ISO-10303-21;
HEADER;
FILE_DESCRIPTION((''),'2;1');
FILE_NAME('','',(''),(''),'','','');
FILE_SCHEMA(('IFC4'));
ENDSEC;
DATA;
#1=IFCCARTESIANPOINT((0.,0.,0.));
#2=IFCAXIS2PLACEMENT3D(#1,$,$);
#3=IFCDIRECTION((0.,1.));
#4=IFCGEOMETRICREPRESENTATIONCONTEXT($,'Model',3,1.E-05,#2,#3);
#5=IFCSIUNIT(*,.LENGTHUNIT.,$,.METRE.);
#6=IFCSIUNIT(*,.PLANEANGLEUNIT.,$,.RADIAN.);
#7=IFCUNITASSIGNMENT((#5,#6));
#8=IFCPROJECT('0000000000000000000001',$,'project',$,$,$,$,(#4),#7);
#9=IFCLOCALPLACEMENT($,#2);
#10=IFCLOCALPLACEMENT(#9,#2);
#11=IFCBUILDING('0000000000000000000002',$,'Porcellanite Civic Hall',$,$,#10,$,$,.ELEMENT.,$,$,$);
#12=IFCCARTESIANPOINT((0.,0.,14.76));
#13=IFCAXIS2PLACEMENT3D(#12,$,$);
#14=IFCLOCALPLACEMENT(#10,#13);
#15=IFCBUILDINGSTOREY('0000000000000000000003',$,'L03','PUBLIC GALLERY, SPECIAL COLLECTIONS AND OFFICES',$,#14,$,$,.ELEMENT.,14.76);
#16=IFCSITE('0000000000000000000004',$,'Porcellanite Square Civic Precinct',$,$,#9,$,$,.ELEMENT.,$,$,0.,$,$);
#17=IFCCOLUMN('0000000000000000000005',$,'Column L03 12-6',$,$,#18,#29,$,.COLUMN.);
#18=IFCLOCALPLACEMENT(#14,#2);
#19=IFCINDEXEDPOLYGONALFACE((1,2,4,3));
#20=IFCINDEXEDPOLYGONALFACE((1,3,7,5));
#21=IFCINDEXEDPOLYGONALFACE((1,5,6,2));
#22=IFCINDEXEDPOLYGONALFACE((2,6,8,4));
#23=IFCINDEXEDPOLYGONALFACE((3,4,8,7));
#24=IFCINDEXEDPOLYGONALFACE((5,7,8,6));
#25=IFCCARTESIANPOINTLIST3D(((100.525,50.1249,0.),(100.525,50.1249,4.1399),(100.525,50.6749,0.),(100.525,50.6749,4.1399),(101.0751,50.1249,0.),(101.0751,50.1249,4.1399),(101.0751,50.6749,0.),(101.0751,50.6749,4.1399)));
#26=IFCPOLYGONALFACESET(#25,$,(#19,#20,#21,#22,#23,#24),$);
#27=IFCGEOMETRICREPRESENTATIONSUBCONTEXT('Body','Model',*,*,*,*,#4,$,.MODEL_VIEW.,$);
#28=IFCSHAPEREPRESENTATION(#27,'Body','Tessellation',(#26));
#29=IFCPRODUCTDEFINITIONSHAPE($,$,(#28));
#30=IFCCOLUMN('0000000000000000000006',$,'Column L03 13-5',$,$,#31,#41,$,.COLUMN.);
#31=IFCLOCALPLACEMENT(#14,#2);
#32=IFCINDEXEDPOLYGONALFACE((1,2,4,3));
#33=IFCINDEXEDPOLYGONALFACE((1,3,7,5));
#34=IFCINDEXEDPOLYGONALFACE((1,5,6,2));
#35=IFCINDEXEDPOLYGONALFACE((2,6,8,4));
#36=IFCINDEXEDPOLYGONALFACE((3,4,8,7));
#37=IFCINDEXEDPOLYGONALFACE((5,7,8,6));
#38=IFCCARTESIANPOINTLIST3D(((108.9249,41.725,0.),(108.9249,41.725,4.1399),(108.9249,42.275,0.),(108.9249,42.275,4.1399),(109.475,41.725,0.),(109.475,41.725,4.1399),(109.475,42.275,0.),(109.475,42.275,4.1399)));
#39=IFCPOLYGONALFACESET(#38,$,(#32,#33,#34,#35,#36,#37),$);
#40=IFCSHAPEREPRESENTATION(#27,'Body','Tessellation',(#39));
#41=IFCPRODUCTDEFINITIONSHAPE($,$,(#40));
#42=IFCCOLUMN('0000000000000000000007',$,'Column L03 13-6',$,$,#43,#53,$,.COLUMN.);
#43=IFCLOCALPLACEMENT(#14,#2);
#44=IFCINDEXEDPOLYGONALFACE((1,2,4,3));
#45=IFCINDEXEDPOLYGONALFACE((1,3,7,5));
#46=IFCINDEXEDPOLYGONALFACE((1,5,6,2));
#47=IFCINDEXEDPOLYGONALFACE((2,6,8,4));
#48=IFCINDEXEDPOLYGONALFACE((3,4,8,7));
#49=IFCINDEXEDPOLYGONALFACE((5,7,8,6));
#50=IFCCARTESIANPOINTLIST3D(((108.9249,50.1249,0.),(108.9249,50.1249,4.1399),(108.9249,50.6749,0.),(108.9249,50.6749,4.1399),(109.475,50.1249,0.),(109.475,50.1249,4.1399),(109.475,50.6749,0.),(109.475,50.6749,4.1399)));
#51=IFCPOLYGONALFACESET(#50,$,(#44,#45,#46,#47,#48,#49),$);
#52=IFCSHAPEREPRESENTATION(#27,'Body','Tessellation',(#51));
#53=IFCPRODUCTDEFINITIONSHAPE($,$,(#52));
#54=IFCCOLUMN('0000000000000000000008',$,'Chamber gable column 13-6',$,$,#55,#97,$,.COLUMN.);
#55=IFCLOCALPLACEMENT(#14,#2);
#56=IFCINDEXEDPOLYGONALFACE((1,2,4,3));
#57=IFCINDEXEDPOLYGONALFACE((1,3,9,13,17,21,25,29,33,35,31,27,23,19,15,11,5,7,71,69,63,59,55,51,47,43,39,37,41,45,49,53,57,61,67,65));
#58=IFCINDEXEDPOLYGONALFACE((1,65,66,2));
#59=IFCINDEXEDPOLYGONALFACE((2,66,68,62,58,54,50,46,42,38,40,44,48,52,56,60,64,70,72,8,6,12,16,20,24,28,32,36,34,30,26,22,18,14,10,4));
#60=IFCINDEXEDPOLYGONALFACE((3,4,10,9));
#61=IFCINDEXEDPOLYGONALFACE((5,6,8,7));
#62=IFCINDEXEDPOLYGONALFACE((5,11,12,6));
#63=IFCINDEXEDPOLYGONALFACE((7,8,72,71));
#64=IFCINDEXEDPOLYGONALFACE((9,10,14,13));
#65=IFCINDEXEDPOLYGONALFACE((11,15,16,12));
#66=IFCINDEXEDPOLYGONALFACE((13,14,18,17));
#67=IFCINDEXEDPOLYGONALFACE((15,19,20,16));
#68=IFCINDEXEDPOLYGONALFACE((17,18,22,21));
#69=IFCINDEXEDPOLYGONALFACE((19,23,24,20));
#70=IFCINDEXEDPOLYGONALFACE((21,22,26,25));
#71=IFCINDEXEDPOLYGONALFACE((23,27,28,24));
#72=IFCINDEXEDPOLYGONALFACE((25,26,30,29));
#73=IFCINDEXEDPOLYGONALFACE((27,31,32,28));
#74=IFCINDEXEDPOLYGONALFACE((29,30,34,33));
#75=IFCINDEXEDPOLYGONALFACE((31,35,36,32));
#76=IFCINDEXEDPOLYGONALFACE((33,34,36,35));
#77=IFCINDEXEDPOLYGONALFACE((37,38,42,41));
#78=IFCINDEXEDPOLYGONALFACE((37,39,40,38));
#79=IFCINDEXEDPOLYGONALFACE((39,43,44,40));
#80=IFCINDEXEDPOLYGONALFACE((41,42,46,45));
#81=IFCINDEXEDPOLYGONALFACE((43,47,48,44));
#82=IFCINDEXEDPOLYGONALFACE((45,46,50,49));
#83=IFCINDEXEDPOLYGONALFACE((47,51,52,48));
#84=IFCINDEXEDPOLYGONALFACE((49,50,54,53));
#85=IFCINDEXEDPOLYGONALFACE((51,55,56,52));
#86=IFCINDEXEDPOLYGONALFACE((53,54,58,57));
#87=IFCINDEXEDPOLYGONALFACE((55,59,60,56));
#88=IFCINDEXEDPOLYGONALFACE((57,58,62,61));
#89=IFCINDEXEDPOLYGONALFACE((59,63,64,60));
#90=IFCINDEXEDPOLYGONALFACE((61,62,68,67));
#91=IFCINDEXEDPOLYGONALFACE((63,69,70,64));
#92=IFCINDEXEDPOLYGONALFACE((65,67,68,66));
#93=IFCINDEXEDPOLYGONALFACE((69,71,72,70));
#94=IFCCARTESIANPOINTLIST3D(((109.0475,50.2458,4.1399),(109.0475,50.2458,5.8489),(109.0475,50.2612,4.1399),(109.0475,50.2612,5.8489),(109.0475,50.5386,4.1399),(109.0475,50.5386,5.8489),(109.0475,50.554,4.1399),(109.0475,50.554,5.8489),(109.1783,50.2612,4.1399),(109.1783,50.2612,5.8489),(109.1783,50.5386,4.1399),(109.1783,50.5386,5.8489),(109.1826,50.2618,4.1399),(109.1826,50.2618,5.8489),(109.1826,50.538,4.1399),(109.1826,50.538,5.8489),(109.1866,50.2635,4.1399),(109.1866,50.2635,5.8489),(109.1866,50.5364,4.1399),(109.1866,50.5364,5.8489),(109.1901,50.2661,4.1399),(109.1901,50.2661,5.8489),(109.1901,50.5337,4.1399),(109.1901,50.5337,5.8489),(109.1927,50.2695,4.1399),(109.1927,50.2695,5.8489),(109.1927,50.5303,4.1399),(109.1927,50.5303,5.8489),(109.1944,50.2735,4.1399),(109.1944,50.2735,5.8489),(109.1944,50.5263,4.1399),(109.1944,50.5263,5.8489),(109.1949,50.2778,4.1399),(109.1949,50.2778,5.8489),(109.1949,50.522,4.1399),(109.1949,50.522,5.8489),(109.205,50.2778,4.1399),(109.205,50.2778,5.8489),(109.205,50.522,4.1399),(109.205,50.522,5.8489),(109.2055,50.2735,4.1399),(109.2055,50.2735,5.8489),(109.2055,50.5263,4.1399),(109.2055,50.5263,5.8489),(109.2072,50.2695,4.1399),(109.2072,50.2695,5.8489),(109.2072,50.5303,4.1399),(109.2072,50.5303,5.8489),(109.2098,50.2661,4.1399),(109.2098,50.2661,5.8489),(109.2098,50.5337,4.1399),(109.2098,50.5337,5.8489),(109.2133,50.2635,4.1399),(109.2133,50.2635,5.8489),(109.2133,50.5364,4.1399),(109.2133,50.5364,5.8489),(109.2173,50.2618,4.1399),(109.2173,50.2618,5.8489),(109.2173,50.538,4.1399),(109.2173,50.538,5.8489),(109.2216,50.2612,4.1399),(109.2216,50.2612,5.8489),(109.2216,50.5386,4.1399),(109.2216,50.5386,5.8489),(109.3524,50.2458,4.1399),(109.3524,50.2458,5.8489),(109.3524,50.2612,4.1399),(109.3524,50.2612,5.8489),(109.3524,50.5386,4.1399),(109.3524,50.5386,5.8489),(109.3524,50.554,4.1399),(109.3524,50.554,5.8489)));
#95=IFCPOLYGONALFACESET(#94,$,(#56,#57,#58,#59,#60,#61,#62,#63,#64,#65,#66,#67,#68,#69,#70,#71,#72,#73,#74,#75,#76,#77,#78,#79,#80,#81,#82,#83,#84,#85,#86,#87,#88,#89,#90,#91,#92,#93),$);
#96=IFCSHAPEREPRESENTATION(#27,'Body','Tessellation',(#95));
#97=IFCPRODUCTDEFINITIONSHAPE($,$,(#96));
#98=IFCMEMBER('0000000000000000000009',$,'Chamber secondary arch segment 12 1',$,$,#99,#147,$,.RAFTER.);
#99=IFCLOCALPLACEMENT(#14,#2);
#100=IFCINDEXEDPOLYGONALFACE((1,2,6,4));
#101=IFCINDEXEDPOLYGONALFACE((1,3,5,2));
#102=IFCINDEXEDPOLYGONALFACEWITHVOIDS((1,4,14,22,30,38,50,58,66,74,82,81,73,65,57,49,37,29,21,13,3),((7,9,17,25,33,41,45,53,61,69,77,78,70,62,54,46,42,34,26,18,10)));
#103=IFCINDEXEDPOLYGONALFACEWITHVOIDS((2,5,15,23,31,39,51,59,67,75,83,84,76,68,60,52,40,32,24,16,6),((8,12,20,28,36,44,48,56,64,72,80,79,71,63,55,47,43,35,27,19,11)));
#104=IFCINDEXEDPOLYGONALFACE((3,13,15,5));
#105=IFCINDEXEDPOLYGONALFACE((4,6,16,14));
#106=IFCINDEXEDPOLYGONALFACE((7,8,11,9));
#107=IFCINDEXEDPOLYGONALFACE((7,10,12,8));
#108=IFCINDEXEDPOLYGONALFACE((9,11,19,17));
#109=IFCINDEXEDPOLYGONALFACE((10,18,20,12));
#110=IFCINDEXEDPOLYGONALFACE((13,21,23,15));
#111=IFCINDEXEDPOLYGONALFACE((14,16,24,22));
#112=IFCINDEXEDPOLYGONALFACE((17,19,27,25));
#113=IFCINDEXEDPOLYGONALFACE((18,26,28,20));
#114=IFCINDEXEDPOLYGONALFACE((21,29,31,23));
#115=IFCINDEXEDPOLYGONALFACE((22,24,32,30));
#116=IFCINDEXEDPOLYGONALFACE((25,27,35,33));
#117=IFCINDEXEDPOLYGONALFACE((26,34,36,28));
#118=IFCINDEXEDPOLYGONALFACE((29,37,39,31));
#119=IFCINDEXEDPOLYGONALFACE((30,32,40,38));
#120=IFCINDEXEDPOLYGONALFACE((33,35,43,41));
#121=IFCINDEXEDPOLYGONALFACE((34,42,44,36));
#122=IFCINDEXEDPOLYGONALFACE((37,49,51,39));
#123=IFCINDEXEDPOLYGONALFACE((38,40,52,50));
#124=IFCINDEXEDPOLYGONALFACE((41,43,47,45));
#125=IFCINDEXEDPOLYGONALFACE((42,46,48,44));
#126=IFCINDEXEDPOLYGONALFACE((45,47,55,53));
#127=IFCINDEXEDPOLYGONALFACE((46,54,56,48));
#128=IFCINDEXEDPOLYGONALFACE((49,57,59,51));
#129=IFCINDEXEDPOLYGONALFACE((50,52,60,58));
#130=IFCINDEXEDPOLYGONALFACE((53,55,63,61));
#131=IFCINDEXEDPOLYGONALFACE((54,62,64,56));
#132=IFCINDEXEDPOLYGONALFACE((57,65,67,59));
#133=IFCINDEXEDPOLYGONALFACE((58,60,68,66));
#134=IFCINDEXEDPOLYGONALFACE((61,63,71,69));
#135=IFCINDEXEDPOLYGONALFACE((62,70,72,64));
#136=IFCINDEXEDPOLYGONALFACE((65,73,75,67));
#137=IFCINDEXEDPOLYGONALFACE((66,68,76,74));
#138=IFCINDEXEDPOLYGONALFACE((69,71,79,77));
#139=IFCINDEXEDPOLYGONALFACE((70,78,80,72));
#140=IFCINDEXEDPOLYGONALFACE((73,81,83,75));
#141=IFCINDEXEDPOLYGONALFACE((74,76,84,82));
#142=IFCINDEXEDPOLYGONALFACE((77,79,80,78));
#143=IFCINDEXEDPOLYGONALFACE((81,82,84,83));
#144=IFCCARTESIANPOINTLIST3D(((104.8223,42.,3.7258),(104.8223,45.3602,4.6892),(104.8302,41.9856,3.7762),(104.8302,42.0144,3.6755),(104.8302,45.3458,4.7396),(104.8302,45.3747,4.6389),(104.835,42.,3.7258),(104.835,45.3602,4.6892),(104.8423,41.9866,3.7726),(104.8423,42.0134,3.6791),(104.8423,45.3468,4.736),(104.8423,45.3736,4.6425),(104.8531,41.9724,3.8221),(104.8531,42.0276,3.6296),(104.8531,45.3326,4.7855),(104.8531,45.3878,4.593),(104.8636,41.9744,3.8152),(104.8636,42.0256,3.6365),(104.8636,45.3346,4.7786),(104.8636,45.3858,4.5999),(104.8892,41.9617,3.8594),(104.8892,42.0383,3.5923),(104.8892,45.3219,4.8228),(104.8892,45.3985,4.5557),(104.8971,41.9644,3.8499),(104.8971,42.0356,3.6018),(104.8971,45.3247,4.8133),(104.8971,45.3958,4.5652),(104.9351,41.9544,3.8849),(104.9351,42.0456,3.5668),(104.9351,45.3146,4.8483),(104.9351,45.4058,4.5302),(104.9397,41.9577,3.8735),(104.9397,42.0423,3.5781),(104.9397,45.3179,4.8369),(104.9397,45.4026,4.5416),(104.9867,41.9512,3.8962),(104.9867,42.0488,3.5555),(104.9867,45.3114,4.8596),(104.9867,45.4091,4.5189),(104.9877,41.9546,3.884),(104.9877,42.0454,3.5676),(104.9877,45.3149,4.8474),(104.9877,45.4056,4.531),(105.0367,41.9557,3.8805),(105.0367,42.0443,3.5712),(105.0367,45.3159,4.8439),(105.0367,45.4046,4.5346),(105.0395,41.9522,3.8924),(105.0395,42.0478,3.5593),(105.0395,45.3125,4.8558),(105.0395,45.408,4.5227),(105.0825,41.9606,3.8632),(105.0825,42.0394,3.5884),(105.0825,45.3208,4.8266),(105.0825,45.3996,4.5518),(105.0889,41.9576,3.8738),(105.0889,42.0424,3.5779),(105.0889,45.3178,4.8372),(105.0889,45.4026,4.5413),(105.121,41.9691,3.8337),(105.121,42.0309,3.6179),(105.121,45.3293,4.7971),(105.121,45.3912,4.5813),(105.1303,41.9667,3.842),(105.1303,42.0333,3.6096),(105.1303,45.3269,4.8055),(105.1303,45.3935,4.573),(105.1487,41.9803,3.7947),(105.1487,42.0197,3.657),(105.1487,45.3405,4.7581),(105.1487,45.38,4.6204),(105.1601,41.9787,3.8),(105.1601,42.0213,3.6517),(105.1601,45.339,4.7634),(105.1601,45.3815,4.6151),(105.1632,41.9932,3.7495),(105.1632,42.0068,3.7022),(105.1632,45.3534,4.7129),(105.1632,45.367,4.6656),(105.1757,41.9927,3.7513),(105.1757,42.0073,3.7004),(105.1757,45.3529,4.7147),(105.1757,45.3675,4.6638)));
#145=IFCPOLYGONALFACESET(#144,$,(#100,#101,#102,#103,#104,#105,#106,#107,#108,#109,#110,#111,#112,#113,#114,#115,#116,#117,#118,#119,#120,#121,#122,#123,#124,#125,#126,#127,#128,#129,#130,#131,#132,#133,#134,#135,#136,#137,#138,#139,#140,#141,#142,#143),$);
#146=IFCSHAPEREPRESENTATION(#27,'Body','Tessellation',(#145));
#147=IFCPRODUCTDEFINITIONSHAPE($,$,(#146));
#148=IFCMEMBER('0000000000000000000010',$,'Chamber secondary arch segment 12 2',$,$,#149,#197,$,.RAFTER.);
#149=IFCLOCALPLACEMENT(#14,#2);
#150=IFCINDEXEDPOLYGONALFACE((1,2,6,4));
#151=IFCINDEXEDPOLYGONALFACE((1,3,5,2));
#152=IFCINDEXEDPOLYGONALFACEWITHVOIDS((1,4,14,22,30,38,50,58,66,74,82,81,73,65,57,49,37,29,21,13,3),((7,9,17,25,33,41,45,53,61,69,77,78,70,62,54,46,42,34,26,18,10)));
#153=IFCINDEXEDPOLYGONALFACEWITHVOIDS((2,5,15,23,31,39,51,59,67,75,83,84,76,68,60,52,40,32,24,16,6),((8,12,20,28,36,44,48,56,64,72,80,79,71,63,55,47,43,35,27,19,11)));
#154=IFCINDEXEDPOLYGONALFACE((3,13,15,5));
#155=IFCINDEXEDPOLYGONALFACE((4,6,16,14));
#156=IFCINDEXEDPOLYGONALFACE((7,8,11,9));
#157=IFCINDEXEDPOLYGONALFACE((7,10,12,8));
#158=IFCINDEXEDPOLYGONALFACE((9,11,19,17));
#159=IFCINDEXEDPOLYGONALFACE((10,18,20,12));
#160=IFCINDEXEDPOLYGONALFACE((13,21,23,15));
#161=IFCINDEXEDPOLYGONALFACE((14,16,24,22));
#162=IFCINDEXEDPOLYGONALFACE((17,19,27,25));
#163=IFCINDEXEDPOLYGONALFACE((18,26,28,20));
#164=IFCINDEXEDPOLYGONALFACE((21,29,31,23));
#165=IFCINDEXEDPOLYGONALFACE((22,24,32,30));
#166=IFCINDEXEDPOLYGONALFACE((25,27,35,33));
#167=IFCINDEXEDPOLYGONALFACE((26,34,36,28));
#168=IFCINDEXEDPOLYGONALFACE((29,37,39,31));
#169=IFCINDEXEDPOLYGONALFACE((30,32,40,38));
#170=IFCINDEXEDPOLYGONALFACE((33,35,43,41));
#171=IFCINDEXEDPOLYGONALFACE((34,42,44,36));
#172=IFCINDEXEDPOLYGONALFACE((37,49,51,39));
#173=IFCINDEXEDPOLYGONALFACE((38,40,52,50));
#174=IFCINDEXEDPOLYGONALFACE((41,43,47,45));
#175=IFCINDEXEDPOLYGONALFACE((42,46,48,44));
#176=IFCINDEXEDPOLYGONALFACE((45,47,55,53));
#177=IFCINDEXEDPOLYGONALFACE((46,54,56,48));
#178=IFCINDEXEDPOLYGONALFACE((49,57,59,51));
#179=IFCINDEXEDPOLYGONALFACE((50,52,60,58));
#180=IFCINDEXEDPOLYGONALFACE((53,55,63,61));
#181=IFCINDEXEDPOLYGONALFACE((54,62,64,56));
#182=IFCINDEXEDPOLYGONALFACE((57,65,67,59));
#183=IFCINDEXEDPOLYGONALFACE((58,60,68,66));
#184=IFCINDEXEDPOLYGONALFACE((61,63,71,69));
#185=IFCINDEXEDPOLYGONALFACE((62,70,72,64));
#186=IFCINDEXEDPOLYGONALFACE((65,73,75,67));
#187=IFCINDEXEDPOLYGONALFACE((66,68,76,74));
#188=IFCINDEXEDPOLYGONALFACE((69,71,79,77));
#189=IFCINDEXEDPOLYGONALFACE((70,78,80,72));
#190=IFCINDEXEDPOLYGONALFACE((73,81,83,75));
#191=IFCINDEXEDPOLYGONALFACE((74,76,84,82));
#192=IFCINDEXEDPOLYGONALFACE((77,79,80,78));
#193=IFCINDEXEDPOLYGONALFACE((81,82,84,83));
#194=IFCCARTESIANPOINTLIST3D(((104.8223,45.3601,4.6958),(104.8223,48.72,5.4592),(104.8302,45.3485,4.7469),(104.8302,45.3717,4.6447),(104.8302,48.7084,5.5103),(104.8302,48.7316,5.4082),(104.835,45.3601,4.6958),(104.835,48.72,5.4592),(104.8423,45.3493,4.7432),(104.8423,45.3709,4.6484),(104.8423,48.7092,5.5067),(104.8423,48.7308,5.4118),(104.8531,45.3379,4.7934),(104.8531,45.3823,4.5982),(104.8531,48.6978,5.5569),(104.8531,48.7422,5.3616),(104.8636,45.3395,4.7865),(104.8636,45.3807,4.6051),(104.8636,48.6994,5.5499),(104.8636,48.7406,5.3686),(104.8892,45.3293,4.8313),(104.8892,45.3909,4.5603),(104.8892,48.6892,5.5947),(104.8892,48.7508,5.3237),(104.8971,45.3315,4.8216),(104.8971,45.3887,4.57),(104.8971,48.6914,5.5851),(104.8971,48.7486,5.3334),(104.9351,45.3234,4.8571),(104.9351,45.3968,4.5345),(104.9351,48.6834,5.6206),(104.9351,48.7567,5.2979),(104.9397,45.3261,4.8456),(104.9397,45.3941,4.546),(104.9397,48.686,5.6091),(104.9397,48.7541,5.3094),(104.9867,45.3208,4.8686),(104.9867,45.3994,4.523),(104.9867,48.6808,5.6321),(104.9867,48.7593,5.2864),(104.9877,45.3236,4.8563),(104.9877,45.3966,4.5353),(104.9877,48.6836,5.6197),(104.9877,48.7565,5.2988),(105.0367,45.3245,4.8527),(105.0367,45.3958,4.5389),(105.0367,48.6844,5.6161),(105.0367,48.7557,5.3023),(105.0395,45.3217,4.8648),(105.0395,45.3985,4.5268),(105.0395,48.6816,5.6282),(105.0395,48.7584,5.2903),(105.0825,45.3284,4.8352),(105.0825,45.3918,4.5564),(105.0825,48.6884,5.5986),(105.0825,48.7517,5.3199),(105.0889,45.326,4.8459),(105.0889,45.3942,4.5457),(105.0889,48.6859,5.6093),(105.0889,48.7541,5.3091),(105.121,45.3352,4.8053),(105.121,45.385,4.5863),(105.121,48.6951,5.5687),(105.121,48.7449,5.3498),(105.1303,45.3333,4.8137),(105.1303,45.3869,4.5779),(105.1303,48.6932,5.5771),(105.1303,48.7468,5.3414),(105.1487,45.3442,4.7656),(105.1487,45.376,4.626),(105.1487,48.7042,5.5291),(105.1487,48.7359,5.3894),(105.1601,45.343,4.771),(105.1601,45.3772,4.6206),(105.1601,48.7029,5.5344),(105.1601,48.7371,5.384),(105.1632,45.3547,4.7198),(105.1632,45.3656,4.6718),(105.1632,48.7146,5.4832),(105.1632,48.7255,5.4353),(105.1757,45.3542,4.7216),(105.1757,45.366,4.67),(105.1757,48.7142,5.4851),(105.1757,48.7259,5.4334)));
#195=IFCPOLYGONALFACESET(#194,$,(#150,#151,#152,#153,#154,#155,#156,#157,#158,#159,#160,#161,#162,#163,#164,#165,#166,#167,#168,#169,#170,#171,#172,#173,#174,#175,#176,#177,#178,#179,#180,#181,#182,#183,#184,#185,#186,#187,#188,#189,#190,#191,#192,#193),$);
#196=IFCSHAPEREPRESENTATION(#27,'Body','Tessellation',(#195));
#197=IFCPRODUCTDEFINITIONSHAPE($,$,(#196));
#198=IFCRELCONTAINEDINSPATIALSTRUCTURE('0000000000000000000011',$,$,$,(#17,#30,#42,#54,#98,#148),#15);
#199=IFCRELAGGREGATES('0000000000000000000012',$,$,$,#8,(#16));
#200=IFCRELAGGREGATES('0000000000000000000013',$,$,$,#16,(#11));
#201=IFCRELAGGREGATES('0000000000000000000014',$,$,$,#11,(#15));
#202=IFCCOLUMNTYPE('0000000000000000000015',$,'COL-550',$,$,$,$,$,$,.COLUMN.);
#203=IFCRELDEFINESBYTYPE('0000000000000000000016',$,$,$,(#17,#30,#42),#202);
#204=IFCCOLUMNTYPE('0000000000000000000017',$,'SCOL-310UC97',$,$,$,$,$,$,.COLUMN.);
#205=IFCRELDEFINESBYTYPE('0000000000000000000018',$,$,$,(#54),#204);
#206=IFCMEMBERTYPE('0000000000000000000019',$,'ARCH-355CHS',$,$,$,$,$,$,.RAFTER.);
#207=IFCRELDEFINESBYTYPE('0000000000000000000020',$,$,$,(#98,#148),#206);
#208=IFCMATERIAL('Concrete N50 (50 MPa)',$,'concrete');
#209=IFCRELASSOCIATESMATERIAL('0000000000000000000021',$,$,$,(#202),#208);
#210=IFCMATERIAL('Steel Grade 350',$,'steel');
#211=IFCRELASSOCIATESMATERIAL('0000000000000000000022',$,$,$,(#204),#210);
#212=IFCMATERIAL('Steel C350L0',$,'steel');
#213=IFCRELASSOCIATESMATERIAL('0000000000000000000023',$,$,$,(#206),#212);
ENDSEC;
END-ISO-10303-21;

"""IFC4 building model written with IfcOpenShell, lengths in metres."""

from ifc_helpers import new_model, si_unit, direction, frame, origin, origin_2d, place, context, subcontext, project, spatial, rectangle, hollow_circle, i_section, extrude, material, material_profile, profile_set, type_object, element, save


model = new_model("IFC4")

# Units and contexts
model_context = context("Model", 3, precision=1e-05, world=origin(), true_north=direction((0.0, 1.0)))
body_context = subcontext(model_context, "Body", "Model", "MODEL_VIEW")
ifc_project = project(units=[si_unit("LENGTHUNIT", "METRE"), si_unit("PLANEANGLEUNIT", "RADIAN")], contexts=[model_context])

# Site, building, storey
site_placement = place(None, origin())
site = spatial("IfcSite", under=ifc_project, at=site_placement, Name="Porcellanite Square Civic Precinct", CompositionType="ELEMENT", RefElevation=0.0)
building_placement = place(site_placement, origin())
building = spatial("IfcBuilding", under=site, at=building_placement, Name="Porcellanite Civic Hall", CompositionType="ELEMENT")
storey_placement = place(building_placement, frame((0.0, 0.0, 14.76)))
storey = spatial("IfcBuildingStorey", under=building, at=storey_placement, Name="L03", Description="PUBLIC GALLERY, SPECIAL COLLECTIONS AND OFFICES", CompositionType="ELEMENT", Elevation=14.76)

# Columns
ifc_material_1 = material(Name="Concrete N50 (50 MPa)", Category="concrete")
ifc_material_profile_1 = material_profile(ifc_material_1, rectangle(XDim=0.55, YDim=0.55, at=origin_2d()), Name="RC-550x550")
ifc_profile_set_1 = profile_set([ifc_material_profile_1], Name="Concrete N50 (50 MPa)")
column_type_1 = type_object("IfcColumnType", Name="COL-550", PredefinedType="COLUMN", material=ifc_profile_set_1)
for number, where, z_axis, x_axis, name in (
    (1, (100.8, 50.3999, 0.0), (0.0, 0.0, 1.0), (1.0, 0.0, 0.0), "Column L03 12-6"),
    (2, (109.2, 42.0, 0.0), (0.0, 0.0, 1.0), (1.0, 0.0, 0.0), "Column L03 13-5"),
    (3, (109.2, 50.3999, 0.0), (0.0, 0.0, 1.0), (1.0, 0.0, 0.0), "Column L03 13-6"),
):
    element("IfcColumn", number, at=place(storey_placement, frame(where, z_axis=z_axis, x_axis=x_axis)), inside=storey, type_object=column_type_1, Name=name, PredefinedType="COLUMN", context=body_context, shape_type="SweptSolid", body=[
        extrude(rectangle(XDim=0.55, YDim=0.55, at=origin_2d()), origin(), (0.0, 0.0, 1.0), 4.1399),
    ])
ifc_material_2 = material(Name="Steel Grade 350", Category="steel")
ifc_material_profile_2 = material_profile(ifc_material_2, i_section(OverallWidth=0.3049, OverallDepth=0.3081, WebThickness=0.01, FlangeThickness=0.0154, FilletRadius=0.0166, at=origin_2d()), Name="310UC96.8")
ifc_profile_set_2 = profile_set([ifc_material_profile_2], Name="Steel Grade 350")
column_type_2 = type_object("IfcColumnType", Name="SCOL-310UC97", PredefinedType="COLUMN", material=ifc_profile_set_2)
column_placement = place(storey_placement, frame((109.2, 50.3999, 4.1399), z_axis=(0.0, 0.0, 1.0), x_axis=(1.0, 0.0, 0.0)))
element("IfcColumn", 4, at=column_placement, inside=storey, type_object=column_type_2, Name="Chamber gable column 13-6", PredefinedType="COLUMN", context=body_context, shape_type="SweptSolid", body=[
    extrude(i_section(OverallWidth=0.3049, OverallDepth=0.3081, WebThickness=0.01, FlangeThickness=0.0154, FilletRadius=0.0166, at=origin_2d()), origin(), (0.0, 0.0, 1.0), 1.709),
])

# Members
ifc_material_3 = material(Name="Steel C350L0", Category="steel")
ifc_material_profile_3 = material_profile(ifc_material_3, hollow_circle(Radius=0.1777, WallThickness=0.0127, at=origin_2d()), Name="355.6x12.7CHS")
ifc_profile_set_3 = profile_set([ifc_material_profile_3], Name="Steel C350L0")
member_type_1 = type_object("IfcMemberType", Name="ARCH-355CHS", PredefinedType="RAFTER", material=ifc_profile_set_3)
member_1_placement = place(storey_placement, frame((105.0, 42.0, 3.7258), z_axis=(0.0, 0.961271, 0.275607), x_axis=(-1.0, 0.0, 0.0)))
element("IfcMember", 5, at=member_1_placement, inside=storey, type_object=member_type_1, Name="Chamber secondary arch segment 12 1", PredefinedType="RAFTER", context=body_context, shape_type="SweptSolid", body=[
    extrude(hollow_circle(Radius=0.1777, WallThickness=0.0127, at=origin_2d()), origin(), (0.0, 0.0, 1.0), 3.4956),
])
member_2_placement = place(storey_placement, frame((105.0, 45.3601, 4.6958), z_axis=(0.0, 0.975144, 0.221572), x_axis=(-1.0, 0.0, 0.0)))
element("IfcMember", 6, at=member_2_placement, inside=storey, type_object=member_type_1, Name="Chamber secondary arch segment 12 2", PredefinedType="RAFTER", context=body_context, shape_type="SweptSolid", body=[
    extrude(hollow_circle(Radius=0.1777, WallThickness=0.0127, at=origin_2d()), origin(), (0.0, 0.0, 1.0), 3.4456),
])

save(model, "model.ifc")
